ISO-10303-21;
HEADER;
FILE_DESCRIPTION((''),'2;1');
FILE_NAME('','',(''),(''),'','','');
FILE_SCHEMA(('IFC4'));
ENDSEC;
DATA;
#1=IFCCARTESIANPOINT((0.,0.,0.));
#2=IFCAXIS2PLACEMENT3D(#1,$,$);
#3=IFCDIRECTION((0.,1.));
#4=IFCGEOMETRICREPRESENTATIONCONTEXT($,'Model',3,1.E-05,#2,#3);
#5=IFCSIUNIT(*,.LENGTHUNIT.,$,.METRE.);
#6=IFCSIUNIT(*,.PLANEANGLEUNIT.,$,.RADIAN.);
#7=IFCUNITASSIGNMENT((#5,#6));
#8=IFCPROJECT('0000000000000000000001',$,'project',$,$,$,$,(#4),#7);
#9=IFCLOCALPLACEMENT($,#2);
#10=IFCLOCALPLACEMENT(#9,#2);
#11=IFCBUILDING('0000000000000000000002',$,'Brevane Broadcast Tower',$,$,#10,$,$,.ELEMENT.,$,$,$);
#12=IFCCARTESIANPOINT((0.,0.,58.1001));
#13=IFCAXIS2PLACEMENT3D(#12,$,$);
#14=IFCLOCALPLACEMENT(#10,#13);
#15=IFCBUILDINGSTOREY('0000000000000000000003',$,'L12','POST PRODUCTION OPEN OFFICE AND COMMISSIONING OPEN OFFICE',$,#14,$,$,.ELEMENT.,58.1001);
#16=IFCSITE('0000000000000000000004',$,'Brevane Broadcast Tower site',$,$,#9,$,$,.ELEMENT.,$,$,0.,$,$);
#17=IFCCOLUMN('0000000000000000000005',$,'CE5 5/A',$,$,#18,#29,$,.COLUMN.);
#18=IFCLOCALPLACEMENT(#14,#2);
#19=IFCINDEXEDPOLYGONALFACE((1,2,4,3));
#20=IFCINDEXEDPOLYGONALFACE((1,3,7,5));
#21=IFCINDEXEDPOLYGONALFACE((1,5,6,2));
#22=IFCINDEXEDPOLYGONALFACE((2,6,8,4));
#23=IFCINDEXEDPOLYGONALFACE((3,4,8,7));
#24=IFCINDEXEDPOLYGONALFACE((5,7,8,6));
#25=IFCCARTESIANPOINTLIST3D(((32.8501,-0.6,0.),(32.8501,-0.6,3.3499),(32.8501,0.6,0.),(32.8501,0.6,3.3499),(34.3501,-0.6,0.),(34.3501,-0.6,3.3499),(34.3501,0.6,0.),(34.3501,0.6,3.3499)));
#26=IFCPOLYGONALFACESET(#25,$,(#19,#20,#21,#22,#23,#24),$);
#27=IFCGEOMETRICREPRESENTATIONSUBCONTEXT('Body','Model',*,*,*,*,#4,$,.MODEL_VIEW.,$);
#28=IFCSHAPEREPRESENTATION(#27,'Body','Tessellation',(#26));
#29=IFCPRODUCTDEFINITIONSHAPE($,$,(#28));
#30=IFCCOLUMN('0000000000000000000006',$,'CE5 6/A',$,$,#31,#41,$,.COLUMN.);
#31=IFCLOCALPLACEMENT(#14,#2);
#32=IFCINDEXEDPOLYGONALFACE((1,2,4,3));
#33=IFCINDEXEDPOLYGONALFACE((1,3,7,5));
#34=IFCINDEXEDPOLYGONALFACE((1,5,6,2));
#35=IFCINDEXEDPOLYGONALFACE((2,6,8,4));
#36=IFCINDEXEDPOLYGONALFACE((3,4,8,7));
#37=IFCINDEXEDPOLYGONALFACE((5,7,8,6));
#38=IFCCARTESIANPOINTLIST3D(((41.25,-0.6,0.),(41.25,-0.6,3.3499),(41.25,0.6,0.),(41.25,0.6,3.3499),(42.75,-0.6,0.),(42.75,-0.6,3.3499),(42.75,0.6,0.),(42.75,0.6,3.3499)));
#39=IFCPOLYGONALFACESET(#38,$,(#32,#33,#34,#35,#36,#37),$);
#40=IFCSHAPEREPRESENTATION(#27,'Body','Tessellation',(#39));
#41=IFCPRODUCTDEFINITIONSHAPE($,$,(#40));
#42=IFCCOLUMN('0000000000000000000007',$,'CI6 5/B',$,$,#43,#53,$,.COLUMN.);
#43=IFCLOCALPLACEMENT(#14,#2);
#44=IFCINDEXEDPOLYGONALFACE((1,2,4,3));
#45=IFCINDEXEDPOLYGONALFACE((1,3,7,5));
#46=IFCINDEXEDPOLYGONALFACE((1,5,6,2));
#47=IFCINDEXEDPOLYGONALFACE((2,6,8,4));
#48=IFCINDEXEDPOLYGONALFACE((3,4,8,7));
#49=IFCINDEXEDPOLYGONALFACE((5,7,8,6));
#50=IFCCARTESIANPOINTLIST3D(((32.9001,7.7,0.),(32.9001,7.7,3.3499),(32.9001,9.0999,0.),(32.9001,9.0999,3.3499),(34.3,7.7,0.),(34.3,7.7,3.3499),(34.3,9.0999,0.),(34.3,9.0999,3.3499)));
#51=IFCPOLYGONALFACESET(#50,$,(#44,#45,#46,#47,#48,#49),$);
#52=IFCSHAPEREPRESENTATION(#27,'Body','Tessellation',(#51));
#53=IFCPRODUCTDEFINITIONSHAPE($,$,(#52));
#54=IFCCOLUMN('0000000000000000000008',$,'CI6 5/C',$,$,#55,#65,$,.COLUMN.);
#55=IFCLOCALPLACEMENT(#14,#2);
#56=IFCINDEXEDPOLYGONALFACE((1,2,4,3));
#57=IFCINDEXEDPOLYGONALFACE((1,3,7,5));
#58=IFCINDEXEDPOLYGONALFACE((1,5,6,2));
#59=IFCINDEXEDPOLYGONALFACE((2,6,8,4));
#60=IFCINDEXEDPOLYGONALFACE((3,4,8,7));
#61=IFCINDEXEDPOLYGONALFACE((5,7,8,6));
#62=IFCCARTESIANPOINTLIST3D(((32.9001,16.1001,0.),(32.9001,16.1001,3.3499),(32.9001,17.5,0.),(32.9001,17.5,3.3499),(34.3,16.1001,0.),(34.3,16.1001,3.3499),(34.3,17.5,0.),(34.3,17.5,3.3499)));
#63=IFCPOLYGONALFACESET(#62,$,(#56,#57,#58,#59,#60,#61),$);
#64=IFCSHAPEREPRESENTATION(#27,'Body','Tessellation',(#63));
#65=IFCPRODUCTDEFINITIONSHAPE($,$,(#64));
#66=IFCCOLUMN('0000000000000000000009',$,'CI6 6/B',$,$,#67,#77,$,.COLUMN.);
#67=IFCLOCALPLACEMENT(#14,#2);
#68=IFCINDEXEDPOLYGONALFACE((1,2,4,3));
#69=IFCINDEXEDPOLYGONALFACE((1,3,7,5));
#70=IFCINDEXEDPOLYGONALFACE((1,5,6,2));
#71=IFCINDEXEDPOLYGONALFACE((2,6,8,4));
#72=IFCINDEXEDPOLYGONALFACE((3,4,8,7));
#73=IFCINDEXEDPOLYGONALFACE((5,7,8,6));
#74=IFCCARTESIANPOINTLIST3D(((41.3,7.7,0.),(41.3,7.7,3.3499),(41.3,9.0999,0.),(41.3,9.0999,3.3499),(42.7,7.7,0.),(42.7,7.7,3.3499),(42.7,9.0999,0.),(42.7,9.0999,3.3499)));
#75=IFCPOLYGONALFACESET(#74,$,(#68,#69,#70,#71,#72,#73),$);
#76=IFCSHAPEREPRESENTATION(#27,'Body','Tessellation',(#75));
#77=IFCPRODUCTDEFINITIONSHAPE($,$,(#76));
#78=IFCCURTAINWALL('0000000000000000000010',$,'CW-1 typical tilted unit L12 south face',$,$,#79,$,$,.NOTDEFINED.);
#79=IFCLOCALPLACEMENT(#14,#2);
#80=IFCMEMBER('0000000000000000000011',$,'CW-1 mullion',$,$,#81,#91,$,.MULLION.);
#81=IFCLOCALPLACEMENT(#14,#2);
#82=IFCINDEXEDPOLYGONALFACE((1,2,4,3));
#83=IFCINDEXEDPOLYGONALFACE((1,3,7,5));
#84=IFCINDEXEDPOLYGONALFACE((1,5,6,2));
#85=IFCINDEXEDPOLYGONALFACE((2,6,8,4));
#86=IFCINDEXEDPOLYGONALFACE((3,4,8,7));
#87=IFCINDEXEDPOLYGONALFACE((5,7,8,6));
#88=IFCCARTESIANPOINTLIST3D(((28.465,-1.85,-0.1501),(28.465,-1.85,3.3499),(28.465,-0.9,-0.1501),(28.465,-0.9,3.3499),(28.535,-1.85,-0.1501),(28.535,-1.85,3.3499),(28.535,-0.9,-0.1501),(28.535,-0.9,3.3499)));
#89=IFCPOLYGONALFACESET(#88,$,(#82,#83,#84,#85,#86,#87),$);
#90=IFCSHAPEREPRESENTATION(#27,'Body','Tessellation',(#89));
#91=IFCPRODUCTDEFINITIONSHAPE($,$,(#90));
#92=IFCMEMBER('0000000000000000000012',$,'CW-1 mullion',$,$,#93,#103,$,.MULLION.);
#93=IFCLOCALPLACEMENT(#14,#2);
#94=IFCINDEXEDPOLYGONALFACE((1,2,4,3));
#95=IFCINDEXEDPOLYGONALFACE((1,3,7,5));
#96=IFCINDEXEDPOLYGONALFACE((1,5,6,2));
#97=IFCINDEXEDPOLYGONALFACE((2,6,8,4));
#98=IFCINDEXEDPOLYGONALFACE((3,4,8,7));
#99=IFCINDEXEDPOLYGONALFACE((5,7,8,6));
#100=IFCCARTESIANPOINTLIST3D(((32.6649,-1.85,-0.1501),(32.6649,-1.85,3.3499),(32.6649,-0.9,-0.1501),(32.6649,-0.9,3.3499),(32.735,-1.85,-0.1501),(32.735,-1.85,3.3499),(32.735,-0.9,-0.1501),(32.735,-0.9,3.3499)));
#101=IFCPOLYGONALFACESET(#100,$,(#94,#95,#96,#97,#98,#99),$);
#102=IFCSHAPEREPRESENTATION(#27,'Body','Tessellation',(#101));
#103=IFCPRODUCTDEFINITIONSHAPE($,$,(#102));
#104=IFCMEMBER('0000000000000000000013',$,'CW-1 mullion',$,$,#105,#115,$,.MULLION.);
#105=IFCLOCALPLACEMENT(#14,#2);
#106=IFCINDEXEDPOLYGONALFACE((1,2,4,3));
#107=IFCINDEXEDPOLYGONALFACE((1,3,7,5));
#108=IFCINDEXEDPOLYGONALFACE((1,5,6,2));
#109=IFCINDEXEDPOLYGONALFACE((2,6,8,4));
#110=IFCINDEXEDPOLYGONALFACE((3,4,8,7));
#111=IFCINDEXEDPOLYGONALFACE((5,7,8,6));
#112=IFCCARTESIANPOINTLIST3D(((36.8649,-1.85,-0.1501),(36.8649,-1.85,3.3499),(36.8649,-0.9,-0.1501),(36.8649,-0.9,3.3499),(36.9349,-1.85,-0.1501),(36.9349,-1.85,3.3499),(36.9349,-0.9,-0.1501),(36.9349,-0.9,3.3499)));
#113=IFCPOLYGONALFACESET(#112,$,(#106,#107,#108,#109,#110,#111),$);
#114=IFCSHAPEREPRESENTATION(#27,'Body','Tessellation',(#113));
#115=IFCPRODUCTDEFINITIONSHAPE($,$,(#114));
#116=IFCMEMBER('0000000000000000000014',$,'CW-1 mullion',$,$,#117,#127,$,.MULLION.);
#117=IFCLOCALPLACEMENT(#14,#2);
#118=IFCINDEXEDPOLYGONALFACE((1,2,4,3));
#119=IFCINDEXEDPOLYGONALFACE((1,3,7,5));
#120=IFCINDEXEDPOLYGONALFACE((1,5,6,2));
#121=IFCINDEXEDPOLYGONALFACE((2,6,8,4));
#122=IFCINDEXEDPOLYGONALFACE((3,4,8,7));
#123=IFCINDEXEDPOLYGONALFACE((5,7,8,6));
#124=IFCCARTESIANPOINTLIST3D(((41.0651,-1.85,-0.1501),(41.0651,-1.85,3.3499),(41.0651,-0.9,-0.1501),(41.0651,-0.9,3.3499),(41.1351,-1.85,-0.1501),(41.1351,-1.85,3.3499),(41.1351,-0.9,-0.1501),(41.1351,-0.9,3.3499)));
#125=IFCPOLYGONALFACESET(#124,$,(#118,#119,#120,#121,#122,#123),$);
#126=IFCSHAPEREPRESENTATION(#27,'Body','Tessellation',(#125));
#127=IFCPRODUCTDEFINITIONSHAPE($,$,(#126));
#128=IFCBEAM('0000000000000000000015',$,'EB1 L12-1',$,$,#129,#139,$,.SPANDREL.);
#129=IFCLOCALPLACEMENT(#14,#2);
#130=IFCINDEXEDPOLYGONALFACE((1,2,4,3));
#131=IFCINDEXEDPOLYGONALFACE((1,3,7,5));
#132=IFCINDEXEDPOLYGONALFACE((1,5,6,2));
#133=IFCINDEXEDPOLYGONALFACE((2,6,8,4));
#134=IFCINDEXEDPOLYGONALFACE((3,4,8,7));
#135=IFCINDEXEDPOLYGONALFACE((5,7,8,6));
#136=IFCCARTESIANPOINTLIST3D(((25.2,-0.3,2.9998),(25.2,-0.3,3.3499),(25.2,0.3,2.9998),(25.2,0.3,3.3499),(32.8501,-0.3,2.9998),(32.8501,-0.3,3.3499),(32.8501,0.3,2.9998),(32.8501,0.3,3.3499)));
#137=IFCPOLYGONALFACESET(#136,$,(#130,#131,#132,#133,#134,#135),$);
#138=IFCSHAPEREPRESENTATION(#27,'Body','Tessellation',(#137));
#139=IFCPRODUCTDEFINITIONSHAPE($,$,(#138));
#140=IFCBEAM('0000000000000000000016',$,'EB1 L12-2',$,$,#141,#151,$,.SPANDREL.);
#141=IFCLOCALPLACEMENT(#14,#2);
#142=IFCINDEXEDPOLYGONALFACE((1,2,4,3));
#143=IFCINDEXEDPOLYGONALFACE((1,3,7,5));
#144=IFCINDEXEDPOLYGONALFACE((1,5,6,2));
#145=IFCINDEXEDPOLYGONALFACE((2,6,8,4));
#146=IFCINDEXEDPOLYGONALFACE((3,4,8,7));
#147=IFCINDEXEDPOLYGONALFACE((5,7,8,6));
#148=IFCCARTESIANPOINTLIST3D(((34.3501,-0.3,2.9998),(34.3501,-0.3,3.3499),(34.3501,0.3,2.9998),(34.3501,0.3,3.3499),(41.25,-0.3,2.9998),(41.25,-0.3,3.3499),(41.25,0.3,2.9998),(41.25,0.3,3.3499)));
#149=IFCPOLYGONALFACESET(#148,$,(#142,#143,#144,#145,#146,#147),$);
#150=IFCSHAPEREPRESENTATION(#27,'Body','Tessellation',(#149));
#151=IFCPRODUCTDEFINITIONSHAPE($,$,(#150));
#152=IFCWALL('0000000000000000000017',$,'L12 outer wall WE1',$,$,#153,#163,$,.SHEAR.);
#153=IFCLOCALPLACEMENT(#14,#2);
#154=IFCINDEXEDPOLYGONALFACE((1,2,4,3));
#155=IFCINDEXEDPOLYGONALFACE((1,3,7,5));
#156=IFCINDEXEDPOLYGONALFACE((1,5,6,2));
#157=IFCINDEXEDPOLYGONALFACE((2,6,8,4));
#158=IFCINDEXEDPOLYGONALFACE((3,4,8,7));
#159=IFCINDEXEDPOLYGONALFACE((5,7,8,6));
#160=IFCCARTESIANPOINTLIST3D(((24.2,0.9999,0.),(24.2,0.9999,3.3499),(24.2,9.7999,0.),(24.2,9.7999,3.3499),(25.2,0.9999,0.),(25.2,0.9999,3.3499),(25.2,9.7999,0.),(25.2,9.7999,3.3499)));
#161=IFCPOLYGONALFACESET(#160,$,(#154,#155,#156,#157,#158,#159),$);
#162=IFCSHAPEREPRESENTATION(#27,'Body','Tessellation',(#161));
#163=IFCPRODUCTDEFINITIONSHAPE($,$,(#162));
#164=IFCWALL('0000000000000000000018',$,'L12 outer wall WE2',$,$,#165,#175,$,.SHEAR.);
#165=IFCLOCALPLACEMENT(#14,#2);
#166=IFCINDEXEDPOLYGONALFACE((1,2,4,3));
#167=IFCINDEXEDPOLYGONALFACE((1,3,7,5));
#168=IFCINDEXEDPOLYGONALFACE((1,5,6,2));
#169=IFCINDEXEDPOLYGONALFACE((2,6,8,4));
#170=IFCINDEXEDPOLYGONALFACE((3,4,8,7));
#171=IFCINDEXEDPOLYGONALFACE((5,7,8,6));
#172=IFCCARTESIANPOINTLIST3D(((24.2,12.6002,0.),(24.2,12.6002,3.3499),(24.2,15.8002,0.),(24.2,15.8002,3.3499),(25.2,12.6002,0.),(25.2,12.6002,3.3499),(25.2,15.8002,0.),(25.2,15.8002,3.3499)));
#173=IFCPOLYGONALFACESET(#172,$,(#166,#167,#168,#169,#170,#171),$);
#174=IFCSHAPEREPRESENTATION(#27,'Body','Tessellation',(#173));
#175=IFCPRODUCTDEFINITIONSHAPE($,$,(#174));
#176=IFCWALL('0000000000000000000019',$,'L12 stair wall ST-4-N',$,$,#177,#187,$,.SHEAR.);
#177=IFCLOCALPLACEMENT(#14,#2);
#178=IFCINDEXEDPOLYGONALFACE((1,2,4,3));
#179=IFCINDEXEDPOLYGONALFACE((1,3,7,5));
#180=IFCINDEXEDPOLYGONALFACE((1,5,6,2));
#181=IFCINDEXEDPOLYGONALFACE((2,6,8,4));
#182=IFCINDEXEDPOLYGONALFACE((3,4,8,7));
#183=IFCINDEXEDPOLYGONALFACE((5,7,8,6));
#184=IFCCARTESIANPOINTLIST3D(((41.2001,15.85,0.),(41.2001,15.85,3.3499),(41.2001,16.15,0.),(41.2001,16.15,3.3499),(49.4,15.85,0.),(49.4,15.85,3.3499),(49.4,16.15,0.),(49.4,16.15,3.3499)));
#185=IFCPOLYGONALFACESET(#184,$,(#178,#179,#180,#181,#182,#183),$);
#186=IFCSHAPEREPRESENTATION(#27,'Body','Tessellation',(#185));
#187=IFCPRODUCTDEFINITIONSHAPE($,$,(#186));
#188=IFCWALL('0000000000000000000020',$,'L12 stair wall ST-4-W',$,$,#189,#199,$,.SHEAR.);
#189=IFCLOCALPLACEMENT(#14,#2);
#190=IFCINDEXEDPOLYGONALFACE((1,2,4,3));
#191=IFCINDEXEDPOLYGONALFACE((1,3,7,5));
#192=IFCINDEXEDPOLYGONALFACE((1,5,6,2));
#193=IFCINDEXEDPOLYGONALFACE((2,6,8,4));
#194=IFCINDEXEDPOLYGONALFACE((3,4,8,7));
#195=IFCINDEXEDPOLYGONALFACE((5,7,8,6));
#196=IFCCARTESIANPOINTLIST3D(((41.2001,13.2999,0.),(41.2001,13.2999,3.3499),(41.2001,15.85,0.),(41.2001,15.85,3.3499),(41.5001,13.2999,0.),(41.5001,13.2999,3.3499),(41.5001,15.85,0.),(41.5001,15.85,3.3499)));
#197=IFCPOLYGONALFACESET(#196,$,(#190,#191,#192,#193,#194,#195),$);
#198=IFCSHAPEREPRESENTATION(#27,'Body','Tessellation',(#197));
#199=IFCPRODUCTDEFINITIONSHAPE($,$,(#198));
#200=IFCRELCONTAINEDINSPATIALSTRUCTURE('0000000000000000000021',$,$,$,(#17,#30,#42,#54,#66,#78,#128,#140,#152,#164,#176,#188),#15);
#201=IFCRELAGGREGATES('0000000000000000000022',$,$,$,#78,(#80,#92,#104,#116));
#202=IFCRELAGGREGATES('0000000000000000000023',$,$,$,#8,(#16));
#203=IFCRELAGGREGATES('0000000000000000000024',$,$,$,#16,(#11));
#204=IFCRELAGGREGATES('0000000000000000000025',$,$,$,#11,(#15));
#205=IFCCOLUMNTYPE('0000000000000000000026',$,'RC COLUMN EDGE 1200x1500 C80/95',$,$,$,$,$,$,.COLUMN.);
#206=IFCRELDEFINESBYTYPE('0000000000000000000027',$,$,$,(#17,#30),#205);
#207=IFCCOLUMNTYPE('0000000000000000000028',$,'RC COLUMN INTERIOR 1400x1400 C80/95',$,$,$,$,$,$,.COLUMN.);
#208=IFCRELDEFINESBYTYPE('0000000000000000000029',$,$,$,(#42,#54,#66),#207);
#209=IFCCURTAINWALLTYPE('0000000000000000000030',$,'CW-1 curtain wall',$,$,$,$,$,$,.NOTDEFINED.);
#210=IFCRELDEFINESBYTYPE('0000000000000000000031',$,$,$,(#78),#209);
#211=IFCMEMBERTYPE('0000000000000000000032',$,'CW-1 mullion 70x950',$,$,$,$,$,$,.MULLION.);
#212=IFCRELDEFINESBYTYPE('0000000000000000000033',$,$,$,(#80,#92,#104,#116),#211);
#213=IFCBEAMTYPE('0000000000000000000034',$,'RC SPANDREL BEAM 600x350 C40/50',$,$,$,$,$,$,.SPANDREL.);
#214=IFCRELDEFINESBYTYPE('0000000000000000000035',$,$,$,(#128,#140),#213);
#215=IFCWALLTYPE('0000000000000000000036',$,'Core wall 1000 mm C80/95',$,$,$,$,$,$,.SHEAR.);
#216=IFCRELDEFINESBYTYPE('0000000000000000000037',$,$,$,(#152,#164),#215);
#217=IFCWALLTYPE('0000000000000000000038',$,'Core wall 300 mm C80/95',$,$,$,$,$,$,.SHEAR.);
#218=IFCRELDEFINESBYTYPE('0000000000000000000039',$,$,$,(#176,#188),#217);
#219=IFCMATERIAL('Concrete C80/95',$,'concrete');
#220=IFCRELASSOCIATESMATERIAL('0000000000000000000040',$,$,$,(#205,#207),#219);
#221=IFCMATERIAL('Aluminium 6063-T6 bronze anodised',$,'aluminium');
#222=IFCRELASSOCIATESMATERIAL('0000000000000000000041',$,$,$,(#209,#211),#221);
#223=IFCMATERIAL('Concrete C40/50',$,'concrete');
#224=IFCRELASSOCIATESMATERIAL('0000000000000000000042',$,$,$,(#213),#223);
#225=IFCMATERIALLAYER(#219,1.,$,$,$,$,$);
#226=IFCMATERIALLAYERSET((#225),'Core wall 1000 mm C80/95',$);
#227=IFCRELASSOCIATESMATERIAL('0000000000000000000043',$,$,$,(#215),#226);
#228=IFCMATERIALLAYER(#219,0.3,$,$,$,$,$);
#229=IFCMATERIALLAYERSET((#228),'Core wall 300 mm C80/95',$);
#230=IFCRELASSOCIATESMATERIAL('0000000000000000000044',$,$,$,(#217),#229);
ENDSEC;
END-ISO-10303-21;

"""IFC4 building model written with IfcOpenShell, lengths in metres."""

from ifc_helpers import new_model, si_unit, direction, frame, frame_2d, origin, origin_2d, place, context, subcontext, project, spatial, rectangle, extrude, material, layer, layer_set, material_profile, profile_set, type_object, element, aggregate, save


model = new_model("IFC4")

# Units and contexts
model_context = context("Model", 3, precision=1e-05, world=origin(), true_north=direction((0.0, 1.0)))
body_context = subcontext(model_context, "Body", "Model", "MODEL_VIEW")
ifc_project = project(units=[si_unit("LENGTHUNIT", "METRE"), si_unit("PLANEANGLEUNIT", "RADIAN")], contexts=[model_context])

# Site, building, storey
site_placement = place(None, origin())
site = spatial("IfcSite", under=ifc_project, at=site_placement, Name="Brevane Broadcast Tower site", CompositionType="ELEMENT", RefElevation=0.0)
building_placement = place(site_placement, origin())
building = spatial("IfcBuilding", under=site, at=building_placement, Name="Brevane Broadcast Tower", CompositionType="ELEMENT")
storey_placement = place(building_placement, frame((0.0, 0.0, 58.1001)))
storey = spatial("IfcBuildingStorey", under=building, at=storey_placement, Name="L12", Description="POST PRODUCTION OPEN OFFICE AND COMMISSIONING OPEN OFFICE", CompositionType="ELEMENT", Elevation=58.1001)

# Columns
ifc_material_1 = material(Name="Concrete C80/95", Category="concrete")
ifc_material_profile_1 = material_profile(ifc_material_1, rectangle(XDim=1.2, YDim=1.5, at=origin_2d()), Name="RC 1200x1500")
ifc_profile_set_1 = profile_set([ifc_material_profile_1], Name="Concrete C80/95")
column_type_1 = type_object("IfcColumnType", Name="RC COLUMN EDGE 1200x1500 C80/95", PredefinedType="COLUMN", material=ifc_profile_set_1)
for number, where, z_axis, x_axis, name in (
    (1, (33.6001, 0.0, 0.0), (0.0, 0.0, 1.0), (0.0, 1.0, 0.0), "CE5 5/A"),
    (2, (42.0, 0.0, 0.0), (0.0, 0.0, 1.0), (0.0, 1.0, 0.0), "CE5 6/A"),
):
    element("IfcColumn", number, at=place(storey_placement, frame(where, z_axis=z_axis, x_axis=x_axis)), inside=storey, type_object=column_type_1, Name=name, PredefinedType="COLUMN", context=body_context, shape_type="SweptSolid", body=[
        extrude(rectangle(XDim=1.2, YDim=1.5, at=origin_2d()), origin(), (0.0, 0.0, 1.0), 3.3499),
    ])
ifc_material_profile_2 = material_profile(ifc_material_1, rectangle(XDim=1.3999, YDim=1.3999, at=origin_2d()), Name="RC 1400x1400")
ifc_profile_set_2 = profile_set([ifc_material_profile_2], Name="Concrete C80/95")
column_type_2 = type_object("IfcColumnType", Name="RC COLUMN INTERIOR 1400x1400 C80/95", PredefinedType="COLUMN", material=ifc_profile_set_2)
for number, where, z_axis, x_axis, name in (
    (3, (33.6001, 8.3999, 0.0), (0.0, 0.0, 1.0), (1.0, 0.0, 0.0), "CI6 5/B"),
    (4, (33.6001, 16.8, 0.0), (0.0, 0.0, 1.0), (1.0, 0.0, 0.0), "CI6 5/C"),
    (5, (42.0, 8.3999, 0.0), (0.0, 0.0, 1.0), (1.0, 0.0, 0.0), "CI6 6/B"),
):
    element("IfcColumn", number, at=place(storey_placement, frame(where, z_axis=z_axis, x_axis=x_axis)), inside=storey, type_object=column_type_2, Name=name, PredefinedType="COLUMN", context=body_context, shape_type="SweptSolid", body=[
        extrude(rectangle(XDim=1.3999, YDim=1.3999, at=origin_2d()), origin(), (0.0, 0.0, 1.0), 3.3499),
    ])

# Curtain wall, members
ifc_material_2 = material(Name="Aluminium 6063-T6 bronze anodised", Category="aluminium")
curtain_wall_type = type_object("IfcCurtainWallType", Name="CW-1 curtain wall", PredefinedType="NOTDEFINED", material=ifc_material_2)
curtain_wall_placement = place(storey_placement, origin())
curtain_wall = element("IfcCurtainWall", 6, at=curtain_wall_placement, inside=storey, type_object=curtain_wall_type, Name="CW-1 typical tilted unit L12 south face", PredefinedType="NOTDEFINED")
ifc_material_profile_3 = material_profile(ifc_material_2, rectangle(XDim=0.95, YDim=0.0701, at=origin_2d()), Name="RECT 70x950")
ifc_profile_set_3 = profile_set([ifc_material_profile_3], Name="Aluminium 6063-T6 bronze anodised")
member_type = type_object("IfcMemberType", Name="CW-1 mullion 70x950", PredefinedType="MULLION", material=ifc_profile_set_3)
member_1_placement = place(storey_placement, frame((28.5, -1.375, -0.1501), z_axis=(0.0, 0.0, 1.0), x_axis=(0.0, 1.0, 0.0)))
member_1 = element("IfcMember", 7, at=member_1_placement, type_object=member_type, Name="CW-1 mullion", PredefinedType="MULLION", context=body_context, shape_type="SweptSolid", body=[
    extrude(rectangle(XDim=0.95, YDim=0.0701, at=origin_2d()), origin(), (0.0, 0.0, 1.0), 3.5),
])
member_2_placement = place(storey_placement, frame((32.7, -1.375, -0.1501), z_axis=(0.0, 0.0, 1.0), x_axis=(0.0, 1.0, 0.0)))
member_2 = element("IfcMember", 8, at=member_2_placement, type_object=member_type, Name="CW-1 mullion", PredefinedType="MULLION", context=body_context, shape_type="SweptSolid", body=[
    extrude(rectangle(XDim=0.95, YDim=0.0701, at=origin_2d()), origin(), (0.0, 0.0, 1.0), 3.5),
])
member_3_placement = place(storey_placement, frame((36.8999, -1.375, -0.1501), z_axis=(0.0, 0.0, 1.0), x_axis=(0.0, 1.0, 0.0)))
member_3 = element("IfcMember", 9, at=member_3_placement, type_object=member_type, Name="CW-1 mullion", PredefinedType="MULLION", context=body_context, shape_type="SweptSolid", body=[
    extrude(rectangle(XDim=0.95, YDim=0.0701, at=origin_2d()), origin(), (0.0, 0.0, 1.0), 3.5),
])
member_4_placement = place(storey_placement, frame((41.1001, -1.375, -0.1501), z_axis=(0.0, 0.0, 1.0), x_axis=(0.0, 1.0, 0.0)))
member_4 = element("IfcMember", 10, at=member_4_placement, type_object=member_type, Name="CW-1 mullion", PredefinedType="MULLION", context=body_context, shape_type="SweptSolid", body=[
    extrude(rectangle(XDim=0.95, YDim=0.0701, at=origin_2d()), origin(), (0.0, 0.0, 1.0), 3.5),
])
aggregate(curtain_wall, [member_1, member_2, member_3, member_4])

# Beams
ifc_material_3 = material(Name="Concrete C40/50", Category="concrete")
ifc_material_profile_4 = material_profile(ifc_material_3, rectangle(XDim=0.6001, YDim=0.3501, at=origin_2d()), Name="RC 600x350")
ifc_profile_set_4 = profile_set([ifc_material_profile_4], Name="Concrete C40/50")
beam_type = type_object("IfcBeamType", Name="RC SPANDREL BEAM 600x350 C40/50", PredefinedType="SPANDREL", material=ifc_profile_set_4)
beam_1_placement = place(storey_placement, frame((25.2, 0.0, 3.1748), z_axis=(1.0, 0.0, 0.0), x_axis=(0.0, 1.0, 0.0)))
element("IfcBeam", 11, at=beam_1_placement, inside=storey, type_object=beam_type, Name="EB1 L12-1", PredefinedType="SPANDREL", context=body_context, shape_type="SweptSolid", body=[
    extrude(rectangle(XDim=0.6001, YDim=0.3501, at=origin_2d()), origin(), (0.0, 0.0, 1.0), 7.6501),
])
beam_2_placement = place(storey_placement, frame((34.3501, 0.0, 3.1748), z_axis=(1.0, 0.0, 0.0), x_axis=(0.0, 1.0, 0.0)))
element("IfcBeam", 12, at=beam_2_placement, inside=storey, type_object=beam_type, Name="EB1 L12-2", PredefinedType="SPANDREL", context=body_context, shape_type="SweptSolid", body=[
    extrude(rectangle(XDim=0.6001, YDim=0.3501, at=origin_2d()), origin(), (0.0, 0.0, 1.0), 6.8999),
])

# Walls
ifc_layer_1 = layer(ifc_material_1, 1.0)
ifc_layer_set_1 = layer_set([ifc_layer_1], Name="Core wall 1000 mm C80/95")
wall_type_1 = type_object("IfcWallType", Name="Core wall 1000 mm C80/95", PredefinedType="SHEAR", material=ifc_layer_set_1)
wall_1_placement = place(storey_placement, frame((24.7, 1.0, 0.0), z_axis=(0.0, 0.0, 1.0), x_axis=(0.0, 1.0, 0.0)))
element("IfcWall", 13, at=wall_1_placement, inside=storey, type_object=wall_type_1, Name="L12 outer wall WE1", PredefinedType="SHEAR", context=body_context, shape_type="SweptSolid", body=[
    extrude(rectangle(XDim=8.8, YDim=1.0, at=frame_2d((4.3999, 0.0))), origin(), (0.0, 0.0, 1.0), 3.3499),
])
wall_2_placement = place(storey_placement, frame((24.7, 12.6001, 0.0), z_axis=(0.0, 0.0, 1.0), x_axis=(0.0, 1.0, 0.0)))
element("IfcWall", 14, at=wall_2_placement, inside=storey, type_object=wall_type_1, Name="L12 outer wall WE2", PredefinedType="SHEAR", context=body_context, shape_type="SweptSolid", body=[
    extrude(rectangle(XDim=3.2, YDim=1.0, at=frame_2d((1.6001, 0.0))), origin(), (0.0, 0.0, 1.0), 3.3499),
])
ifc_layer_2 = layer(ifc_material_1, 0.3)
ifc_layer_set_2 = layer_set([ifc_layer_2], Name="Core wall 300 mm C80/95")
wall_type_2 = type_object("IfcWallType", Name="Core wall 300 mm C80/95", PredefinedType="SHEAR", material=ifc_layer_set_2)
wall_3_placement = place(storey_placement, frame((41.2, 16.0, 0.0), z_axis=(0.0, 0.0, 1.0), x_axis=(1.0, 0.0, 0.0)))
element("IfcWall", 15, at=wall_3_placement, inside=storey, type_object=wall_type_2, Name="L12 stair wall ST-4-N", PredefinedType="SHEAR", context=body_context, shape_type="SweptSolid", body=[
    extrude(rectangle(XDim=8.2, YDim=0.3, at=frame_2d((4.1001, 0.0))), origin(), (0.0, 0.0, 1.0), 3.3499),
])
wall_4_placement = place(storey_placement, frame((41.3501, 13.3, 0.0), z_axis=(0.0, 0.0, 1.0), x_axis=(0.0, 1.0, 0.0)))
element("IfcWall", 16, at=wall_4_placement, inside=storey, type_object=wall_type_2, Name="L12 stair wall ST-4-W", PredefinedType="SHEAR", context=body_context, shape_type="SweptSolid", body=[
    extrude(rectangle(XDim=2.55, YDim=0.3, at=frame_2d((1.2749, 0.0))), origin(), (0.0, 0.0, 1.0), 3.3499),
])

save(model, "model.ifc")
